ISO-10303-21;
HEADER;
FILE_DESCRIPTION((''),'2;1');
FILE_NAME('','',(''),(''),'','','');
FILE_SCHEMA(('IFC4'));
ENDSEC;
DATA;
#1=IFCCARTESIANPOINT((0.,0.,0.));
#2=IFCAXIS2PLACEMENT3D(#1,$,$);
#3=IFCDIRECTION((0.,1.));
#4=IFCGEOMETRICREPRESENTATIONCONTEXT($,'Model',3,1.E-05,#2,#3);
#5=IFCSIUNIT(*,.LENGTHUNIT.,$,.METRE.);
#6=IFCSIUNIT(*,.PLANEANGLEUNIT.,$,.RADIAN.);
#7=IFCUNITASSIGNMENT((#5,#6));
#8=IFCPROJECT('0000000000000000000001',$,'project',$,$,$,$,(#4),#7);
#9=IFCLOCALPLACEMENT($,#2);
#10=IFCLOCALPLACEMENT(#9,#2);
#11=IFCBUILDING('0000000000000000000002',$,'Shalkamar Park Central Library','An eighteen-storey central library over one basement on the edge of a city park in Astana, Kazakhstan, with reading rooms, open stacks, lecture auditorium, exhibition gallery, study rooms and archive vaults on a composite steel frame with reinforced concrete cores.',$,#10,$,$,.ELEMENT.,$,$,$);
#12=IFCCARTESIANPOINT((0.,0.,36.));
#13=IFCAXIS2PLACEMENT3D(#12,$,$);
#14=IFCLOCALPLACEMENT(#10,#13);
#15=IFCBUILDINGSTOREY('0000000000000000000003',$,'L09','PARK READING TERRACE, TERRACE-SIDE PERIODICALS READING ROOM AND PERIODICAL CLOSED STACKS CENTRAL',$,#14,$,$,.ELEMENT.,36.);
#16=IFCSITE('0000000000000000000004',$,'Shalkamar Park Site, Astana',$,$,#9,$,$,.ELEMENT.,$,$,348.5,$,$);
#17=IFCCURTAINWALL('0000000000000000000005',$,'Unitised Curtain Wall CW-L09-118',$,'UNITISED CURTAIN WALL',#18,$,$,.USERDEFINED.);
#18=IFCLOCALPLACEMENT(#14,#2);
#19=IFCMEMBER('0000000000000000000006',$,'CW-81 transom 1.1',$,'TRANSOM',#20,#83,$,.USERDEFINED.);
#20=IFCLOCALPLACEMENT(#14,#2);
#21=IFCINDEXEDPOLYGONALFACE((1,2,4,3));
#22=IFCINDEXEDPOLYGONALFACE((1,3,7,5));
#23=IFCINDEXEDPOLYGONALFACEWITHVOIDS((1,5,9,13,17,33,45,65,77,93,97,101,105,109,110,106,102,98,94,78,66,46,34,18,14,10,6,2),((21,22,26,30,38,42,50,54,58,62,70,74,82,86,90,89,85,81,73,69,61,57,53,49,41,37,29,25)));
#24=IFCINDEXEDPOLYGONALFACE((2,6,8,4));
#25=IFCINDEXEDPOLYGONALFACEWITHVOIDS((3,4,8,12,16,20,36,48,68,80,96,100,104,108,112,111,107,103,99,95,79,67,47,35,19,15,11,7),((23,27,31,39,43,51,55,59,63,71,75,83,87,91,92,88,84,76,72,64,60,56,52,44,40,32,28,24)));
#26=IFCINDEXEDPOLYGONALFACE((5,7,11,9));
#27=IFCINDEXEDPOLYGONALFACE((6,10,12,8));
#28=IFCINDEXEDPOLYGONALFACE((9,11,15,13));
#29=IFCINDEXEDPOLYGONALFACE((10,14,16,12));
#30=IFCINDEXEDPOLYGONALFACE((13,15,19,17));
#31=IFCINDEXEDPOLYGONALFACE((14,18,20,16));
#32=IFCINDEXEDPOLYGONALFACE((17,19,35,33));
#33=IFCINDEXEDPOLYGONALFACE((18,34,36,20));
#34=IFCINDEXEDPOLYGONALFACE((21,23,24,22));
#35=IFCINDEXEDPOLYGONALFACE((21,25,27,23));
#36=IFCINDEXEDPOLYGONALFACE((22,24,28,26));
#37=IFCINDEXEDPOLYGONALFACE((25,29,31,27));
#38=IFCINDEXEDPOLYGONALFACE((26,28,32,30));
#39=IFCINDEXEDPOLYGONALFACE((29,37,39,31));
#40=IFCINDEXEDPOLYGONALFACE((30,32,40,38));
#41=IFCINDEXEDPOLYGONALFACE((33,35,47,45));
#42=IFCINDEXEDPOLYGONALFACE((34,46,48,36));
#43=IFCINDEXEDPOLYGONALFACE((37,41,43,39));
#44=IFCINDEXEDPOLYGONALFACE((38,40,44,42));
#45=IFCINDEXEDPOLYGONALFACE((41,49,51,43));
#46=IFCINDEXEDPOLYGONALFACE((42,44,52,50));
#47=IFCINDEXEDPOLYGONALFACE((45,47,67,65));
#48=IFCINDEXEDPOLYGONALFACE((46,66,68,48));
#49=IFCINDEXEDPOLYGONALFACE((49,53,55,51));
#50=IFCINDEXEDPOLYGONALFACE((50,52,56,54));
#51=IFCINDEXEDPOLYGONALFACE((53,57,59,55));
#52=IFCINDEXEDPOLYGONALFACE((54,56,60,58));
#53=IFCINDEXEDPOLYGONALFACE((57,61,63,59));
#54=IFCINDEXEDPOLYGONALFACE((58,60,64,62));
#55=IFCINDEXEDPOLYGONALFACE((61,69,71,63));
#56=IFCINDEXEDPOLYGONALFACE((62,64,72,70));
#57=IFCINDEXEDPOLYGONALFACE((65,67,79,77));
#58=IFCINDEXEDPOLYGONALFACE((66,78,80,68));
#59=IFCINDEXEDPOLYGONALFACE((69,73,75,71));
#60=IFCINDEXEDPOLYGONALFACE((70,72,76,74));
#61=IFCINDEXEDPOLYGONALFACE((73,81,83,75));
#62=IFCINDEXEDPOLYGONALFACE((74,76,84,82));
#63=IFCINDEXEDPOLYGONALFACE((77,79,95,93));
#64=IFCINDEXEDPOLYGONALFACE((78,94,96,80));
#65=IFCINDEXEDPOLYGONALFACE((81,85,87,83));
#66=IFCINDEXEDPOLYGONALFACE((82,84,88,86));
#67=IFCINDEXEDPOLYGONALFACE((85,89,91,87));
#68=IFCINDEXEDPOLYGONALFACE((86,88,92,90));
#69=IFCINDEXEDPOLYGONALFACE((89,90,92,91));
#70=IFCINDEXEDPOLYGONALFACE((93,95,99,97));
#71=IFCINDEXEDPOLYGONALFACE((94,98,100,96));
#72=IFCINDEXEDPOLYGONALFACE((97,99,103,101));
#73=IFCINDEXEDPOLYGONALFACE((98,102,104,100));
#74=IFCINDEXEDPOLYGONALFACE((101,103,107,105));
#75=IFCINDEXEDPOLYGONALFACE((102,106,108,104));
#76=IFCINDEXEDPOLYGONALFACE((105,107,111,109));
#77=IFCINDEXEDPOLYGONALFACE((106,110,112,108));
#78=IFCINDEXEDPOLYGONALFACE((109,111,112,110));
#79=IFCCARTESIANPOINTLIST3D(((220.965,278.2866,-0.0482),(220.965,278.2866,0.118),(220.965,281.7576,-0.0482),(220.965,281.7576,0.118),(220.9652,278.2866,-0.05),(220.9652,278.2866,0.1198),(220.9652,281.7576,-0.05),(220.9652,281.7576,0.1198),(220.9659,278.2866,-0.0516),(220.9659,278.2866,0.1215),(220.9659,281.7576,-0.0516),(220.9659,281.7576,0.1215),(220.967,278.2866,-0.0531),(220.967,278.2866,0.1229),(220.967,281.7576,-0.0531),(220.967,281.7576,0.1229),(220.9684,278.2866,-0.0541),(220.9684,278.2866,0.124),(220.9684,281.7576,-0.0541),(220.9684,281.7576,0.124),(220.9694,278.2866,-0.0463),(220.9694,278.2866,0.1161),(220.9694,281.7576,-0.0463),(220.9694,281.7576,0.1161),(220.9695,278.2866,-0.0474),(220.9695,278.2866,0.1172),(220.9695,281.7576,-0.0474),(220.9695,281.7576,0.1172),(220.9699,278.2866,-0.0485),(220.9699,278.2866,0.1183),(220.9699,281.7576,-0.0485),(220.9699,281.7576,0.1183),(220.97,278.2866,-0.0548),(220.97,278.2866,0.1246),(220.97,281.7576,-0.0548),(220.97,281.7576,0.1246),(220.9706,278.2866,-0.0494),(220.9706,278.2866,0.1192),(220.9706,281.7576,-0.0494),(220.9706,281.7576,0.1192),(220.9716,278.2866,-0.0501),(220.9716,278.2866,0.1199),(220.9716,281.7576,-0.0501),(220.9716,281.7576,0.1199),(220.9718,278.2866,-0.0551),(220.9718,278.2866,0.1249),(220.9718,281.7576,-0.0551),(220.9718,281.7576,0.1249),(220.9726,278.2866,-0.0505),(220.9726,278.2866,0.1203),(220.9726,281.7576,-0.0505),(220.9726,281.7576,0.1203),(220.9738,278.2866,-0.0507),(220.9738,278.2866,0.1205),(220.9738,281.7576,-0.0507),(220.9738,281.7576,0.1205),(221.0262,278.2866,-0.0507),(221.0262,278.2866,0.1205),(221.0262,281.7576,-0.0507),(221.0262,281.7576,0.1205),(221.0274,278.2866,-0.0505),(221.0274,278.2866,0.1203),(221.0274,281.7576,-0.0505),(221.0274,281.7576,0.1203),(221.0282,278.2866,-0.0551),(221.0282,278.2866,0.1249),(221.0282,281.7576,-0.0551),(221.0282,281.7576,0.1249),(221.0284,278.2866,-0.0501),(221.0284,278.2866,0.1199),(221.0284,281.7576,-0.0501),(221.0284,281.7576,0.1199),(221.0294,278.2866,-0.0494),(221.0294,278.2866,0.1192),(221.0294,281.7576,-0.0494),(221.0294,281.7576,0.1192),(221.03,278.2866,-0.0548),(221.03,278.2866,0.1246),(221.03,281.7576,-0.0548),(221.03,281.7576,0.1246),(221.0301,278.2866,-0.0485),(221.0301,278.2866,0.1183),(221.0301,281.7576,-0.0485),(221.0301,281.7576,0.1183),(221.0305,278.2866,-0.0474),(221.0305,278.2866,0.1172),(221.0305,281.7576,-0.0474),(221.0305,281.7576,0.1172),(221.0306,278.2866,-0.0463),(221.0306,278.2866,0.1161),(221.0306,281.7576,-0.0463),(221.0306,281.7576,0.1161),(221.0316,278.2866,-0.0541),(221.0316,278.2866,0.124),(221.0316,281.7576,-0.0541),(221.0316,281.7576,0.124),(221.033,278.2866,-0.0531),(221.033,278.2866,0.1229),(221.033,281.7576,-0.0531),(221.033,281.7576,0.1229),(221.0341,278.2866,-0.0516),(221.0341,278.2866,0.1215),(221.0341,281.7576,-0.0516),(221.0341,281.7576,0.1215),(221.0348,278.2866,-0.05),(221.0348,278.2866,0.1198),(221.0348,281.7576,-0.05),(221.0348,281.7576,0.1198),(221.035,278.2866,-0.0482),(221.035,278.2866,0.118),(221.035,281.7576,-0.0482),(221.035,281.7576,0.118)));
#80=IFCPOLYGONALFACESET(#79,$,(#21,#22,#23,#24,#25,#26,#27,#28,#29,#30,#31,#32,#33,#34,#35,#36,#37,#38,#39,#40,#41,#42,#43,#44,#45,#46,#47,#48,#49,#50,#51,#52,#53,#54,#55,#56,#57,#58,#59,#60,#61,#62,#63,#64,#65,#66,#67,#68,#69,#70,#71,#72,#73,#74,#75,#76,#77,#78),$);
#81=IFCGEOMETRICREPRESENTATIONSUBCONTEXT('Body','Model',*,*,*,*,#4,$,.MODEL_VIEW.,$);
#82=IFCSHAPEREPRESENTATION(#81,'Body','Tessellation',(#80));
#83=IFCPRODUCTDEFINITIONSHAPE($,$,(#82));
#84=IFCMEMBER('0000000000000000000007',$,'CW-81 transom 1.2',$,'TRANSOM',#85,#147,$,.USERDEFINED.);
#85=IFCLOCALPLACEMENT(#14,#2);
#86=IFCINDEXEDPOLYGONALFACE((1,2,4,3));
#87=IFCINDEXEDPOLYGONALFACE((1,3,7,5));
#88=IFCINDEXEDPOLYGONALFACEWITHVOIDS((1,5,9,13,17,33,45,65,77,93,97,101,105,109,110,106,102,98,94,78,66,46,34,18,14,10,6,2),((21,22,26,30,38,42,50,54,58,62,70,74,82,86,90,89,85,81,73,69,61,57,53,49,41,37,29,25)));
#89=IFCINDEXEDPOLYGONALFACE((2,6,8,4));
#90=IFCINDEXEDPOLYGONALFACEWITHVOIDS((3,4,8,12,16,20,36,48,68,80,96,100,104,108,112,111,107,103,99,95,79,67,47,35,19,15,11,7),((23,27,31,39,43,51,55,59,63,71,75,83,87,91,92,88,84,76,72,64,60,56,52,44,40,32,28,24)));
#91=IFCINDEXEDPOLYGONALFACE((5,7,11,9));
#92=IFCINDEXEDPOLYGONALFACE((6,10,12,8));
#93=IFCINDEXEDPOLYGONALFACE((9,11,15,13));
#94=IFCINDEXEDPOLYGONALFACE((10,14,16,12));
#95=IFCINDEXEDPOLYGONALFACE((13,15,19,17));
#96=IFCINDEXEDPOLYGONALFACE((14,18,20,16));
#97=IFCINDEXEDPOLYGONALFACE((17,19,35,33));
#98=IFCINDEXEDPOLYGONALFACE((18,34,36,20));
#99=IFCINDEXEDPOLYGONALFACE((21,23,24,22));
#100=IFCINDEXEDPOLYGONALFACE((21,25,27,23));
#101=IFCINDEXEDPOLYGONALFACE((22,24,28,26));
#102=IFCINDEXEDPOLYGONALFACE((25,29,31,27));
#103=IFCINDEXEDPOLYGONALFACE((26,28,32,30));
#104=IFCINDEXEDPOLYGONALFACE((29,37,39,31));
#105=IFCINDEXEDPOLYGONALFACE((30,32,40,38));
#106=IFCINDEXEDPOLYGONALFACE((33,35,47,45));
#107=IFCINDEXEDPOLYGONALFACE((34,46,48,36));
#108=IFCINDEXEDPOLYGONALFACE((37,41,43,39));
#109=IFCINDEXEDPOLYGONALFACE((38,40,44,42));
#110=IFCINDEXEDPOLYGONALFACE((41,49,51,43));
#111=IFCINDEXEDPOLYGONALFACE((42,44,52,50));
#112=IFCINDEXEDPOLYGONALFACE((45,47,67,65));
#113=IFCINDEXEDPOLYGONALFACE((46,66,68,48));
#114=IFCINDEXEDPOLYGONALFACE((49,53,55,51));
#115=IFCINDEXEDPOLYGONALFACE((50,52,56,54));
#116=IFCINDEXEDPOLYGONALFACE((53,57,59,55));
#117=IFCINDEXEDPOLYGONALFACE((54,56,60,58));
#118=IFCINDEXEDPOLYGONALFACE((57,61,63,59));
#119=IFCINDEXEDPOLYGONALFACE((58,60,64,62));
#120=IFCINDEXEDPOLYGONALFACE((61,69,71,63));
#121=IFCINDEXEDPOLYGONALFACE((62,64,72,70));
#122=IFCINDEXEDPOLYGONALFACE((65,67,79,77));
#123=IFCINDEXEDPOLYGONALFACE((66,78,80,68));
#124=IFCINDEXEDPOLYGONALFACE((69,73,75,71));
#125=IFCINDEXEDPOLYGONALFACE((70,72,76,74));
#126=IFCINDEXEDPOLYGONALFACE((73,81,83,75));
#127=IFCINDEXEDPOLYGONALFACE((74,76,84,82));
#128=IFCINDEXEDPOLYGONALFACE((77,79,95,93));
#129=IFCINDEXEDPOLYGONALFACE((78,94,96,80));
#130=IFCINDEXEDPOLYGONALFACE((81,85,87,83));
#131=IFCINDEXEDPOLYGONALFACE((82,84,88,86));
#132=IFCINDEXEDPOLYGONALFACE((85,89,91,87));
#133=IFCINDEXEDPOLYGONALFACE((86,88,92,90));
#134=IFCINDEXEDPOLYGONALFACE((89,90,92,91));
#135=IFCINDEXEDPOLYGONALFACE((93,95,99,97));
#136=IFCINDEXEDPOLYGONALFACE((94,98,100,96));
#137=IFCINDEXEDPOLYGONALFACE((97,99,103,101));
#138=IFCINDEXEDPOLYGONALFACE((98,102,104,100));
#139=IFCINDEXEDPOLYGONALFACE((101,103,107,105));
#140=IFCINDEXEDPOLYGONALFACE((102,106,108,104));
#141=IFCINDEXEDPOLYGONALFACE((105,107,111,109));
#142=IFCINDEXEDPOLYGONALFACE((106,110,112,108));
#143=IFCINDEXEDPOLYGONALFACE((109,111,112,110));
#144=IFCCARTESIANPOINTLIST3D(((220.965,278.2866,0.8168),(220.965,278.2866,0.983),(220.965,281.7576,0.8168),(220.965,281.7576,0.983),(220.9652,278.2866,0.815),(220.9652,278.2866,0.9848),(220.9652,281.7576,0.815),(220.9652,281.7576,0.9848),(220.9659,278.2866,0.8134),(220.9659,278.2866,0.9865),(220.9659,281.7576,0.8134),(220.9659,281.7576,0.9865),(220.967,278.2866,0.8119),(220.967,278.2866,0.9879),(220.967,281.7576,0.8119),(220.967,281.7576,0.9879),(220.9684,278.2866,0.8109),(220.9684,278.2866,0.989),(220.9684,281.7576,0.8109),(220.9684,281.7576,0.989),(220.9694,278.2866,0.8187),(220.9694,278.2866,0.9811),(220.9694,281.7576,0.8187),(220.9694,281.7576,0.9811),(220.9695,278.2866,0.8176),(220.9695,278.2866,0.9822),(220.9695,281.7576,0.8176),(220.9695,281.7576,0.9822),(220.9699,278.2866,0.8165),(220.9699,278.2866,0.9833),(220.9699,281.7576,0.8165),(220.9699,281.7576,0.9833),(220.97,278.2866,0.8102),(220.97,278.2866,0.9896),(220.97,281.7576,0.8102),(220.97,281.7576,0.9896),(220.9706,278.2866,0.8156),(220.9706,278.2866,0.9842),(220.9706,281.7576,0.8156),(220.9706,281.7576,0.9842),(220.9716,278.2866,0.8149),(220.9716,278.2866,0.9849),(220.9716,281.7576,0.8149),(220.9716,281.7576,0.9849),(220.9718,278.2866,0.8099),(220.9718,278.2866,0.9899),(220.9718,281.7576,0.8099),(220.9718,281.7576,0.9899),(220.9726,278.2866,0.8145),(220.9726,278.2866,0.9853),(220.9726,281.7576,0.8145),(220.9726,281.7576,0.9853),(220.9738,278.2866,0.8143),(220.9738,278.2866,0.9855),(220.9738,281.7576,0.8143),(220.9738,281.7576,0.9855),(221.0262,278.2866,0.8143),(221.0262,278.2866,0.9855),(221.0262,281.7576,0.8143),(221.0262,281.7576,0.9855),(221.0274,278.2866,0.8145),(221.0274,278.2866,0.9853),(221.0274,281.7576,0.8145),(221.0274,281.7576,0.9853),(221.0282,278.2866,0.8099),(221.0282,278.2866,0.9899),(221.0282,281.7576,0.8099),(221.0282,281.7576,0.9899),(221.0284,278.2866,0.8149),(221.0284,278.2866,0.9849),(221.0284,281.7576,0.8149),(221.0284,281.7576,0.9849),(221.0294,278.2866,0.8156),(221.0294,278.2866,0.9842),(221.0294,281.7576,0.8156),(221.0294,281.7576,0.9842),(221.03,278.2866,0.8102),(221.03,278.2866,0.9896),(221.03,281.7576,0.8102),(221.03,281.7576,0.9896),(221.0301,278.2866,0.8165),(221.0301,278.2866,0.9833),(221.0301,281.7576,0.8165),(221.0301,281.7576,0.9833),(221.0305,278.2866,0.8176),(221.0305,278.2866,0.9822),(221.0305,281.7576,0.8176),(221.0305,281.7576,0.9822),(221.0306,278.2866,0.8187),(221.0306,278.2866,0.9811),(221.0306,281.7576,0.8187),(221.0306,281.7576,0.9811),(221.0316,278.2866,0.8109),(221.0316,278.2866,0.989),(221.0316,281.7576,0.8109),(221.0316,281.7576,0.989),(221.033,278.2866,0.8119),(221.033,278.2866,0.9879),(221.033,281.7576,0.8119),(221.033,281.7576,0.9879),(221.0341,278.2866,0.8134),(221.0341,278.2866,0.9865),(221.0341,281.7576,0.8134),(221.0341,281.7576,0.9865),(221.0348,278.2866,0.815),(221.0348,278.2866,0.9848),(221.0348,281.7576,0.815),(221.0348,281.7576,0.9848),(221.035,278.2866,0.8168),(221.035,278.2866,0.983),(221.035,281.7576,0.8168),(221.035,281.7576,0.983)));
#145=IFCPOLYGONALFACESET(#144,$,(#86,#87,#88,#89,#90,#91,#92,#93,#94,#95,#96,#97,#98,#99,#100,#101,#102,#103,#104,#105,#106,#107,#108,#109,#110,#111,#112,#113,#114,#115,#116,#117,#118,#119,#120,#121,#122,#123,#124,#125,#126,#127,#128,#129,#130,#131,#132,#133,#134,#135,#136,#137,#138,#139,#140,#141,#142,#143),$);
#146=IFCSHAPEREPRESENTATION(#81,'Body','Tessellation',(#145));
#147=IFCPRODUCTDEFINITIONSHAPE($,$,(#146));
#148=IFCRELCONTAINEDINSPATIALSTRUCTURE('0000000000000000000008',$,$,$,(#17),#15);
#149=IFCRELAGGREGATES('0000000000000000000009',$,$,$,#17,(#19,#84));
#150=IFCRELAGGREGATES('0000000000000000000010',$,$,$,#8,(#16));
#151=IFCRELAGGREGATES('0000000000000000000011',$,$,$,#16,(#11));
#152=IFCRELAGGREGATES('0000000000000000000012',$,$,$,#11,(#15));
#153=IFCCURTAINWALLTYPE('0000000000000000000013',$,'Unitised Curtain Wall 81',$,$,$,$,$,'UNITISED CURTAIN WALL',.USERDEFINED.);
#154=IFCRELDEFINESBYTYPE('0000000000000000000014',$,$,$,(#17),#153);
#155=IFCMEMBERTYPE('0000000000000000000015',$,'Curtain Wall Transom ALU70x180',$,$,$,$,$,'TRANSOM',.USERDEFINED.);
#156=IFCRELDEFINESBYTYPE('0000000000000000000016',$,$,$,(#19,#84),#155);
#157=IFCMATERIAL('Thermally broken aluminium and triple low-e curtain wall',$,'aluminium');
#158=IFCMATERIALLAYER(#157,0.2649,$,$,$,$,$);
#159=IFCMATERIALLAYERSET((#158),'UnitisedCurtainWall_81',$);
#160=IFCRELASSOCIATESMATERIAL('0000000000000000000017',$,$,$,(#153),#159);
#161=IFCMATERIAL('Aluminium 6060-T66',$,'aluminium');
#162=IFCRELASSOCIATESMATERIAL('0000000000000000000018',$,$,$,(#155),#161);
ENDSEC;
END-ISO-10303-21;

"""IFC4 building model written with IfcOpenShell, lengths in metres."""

from ifc_helpers import new_model, si_unit, direction, frame, origin, origin_2d, place, context, subcontext, project, spatial, hollow_rectangle, extrude, material, layer, layer_set, material_profile, profile_set, type_object, element, aggregate, save


model = new_model("IFC4")

# Units and contexts
model_context = context("Model", 3, precision=1e-05, world=origin(), true_north=direction((0.0, 1.0)))
body_context = subcontext(model_context, "Body", "Model", "MODEL_VIEW")
ifc_project = project(units=[si_unit("LENGTHUNIT", "METRE"), si_unit("PLANEANGLEUNIT", "RADIAN")], contexts=[model_context])

# Site, building, storey
site_placement = place(None, origin())
site = spatial("IfcSite", under=ifc_project, at=site_placement, Name="Shalkamar Park Site, Astana", CompositionType="ELEMENT", RefElevation=348.5)
building_placement = place(site_placement, origin())
building = spatial("IfcBuilding", under=site, at=building_placement, Name="Shalkamar Park Central Library", Description="An eighteen-storey central library over one basement on the edge of a city park in Astana, Kazakhstan, with reading rooms, open stacks, lecture auditorium, exhibition gallery, study rooms and archive vaults on a composite steel frame with reinforced concrete cores.", CompositionType="ELEMENT")
storey_placement = place(building_placement, frame((0.0, 0.0, 36.0)))
storey = spatial("IfcBuildingStorey", under=building, at=storey_placement, Name="L09", Description="PARK READING TERRACE, TERRACE-SIDE PERIODICALS READING ROOM AND PERIODICAL CLOSED STACKS CENTRAL", CompositionType="ELEMENT", Elevation=36.0)

# Curtain wall, members
ifc_material_1 = material(Name="Thermally broken aluminium and triple low-e curtain wall", Category="aluminium")
ifc_layer_1 = layer(ifc_material_1, 0.2649)
ifc_layer_set_1 = layer_set([ifc_layer_1], Name="UnitisedCurtainWall_81")
curtain_wall_type = type_object("IfcCurtainWallType", Name="Unitised Curtain Wall 81", ElementType="UNITISED CURTAIN WALL", PredefinedType="USERDEFINED", material=ifc_layer_set_1)
curtain_wall_placement = place(storey_placement, origin())
curtain_wall = element("IfcCurtainWall", 1, at=curtain_wall_placement, inside=storey, type_object=curtain_wall_type, Name="Unitised Curtain Wall CW-L09-118", ObjectType="UNITISED CURTAIN WALL", PredefinedType="USERDEFINED")
ifc_material_2 = material(Name="Aluminium 6060-T66", Category="aluminium")
ifc_material_profile_1 = material_profile(ifc_material_2, hollow_rectangle(XDim=0.0701, YDim=0.1799, WallThickness=0.0044, InnerFilletRadius=0.0044, OuterFilletRadius=0.0068, at=origin_2d()), Name="ALU 70x180x4.5")
ifc_profile_set_1 = profile_set([ifc_material_profile_1], Name="Aluminium 6060-T66")
member_type_1 = type_object("IfcMemberType", Name="Curtain Wall Transom ALU70x180", ElementType="TRANSOM", PredefinedType="USERDEFINED", material=ifc_profile_set_1)
member_1_placement = place(storey_placement, frame((221.0, 278.2866, 0.0349), z_axis=(0.0, 1.0, 0.0), x_axis=(-1.0, 0.0, 0.0)))
member_1 = element("IfcMember", 2, at=member_1_placement, type_object=member_type_1, Name="CW-81 transom 1.1", ObjectType="TRANSOM", PredefinedType="USERDEFINED", context=body_context, shape_type="SweptSolid", body=[
    extrude(hollow_rectangle(XDim=0.0701, YDim=0.1799, WallThickness=0.0044, InnerFilletRadius=0.0044, OuterFilletRadius=0.0068, at=origin_2d()), origin(), (0.0, 0.0, 1.0), 3.4709),
])
member_2_placement = place(storey_placement, frame((221.0, 278.2866, 0.8999), z_axis=(0.0, 1.0, 0.0), x_axis=(-1.0, 0.0, 0.0)))
member_2 = element("IfcMember", 3, at=member_2_placement, type_object=member_type_1, Name="CW-81 transom 1.2", ObjectType="TRANSOM", PredefinedType="USERDEFINED", context=body_context, shape_type="SweptSolid", body=[
    extrude(hollow_rectangle(XDim=0.0701, YDim=0.1799, WallThickness=0.0044, InnerFilletRadius=0.0044, OuterFilletRadius=0.0068, at=origin_2d()), origin(), (0.0, 0.0, 1.0), 3.4709),
])

aggregate(curtain_wall, [member_1, member_2])

save(model, "model.ifc")
